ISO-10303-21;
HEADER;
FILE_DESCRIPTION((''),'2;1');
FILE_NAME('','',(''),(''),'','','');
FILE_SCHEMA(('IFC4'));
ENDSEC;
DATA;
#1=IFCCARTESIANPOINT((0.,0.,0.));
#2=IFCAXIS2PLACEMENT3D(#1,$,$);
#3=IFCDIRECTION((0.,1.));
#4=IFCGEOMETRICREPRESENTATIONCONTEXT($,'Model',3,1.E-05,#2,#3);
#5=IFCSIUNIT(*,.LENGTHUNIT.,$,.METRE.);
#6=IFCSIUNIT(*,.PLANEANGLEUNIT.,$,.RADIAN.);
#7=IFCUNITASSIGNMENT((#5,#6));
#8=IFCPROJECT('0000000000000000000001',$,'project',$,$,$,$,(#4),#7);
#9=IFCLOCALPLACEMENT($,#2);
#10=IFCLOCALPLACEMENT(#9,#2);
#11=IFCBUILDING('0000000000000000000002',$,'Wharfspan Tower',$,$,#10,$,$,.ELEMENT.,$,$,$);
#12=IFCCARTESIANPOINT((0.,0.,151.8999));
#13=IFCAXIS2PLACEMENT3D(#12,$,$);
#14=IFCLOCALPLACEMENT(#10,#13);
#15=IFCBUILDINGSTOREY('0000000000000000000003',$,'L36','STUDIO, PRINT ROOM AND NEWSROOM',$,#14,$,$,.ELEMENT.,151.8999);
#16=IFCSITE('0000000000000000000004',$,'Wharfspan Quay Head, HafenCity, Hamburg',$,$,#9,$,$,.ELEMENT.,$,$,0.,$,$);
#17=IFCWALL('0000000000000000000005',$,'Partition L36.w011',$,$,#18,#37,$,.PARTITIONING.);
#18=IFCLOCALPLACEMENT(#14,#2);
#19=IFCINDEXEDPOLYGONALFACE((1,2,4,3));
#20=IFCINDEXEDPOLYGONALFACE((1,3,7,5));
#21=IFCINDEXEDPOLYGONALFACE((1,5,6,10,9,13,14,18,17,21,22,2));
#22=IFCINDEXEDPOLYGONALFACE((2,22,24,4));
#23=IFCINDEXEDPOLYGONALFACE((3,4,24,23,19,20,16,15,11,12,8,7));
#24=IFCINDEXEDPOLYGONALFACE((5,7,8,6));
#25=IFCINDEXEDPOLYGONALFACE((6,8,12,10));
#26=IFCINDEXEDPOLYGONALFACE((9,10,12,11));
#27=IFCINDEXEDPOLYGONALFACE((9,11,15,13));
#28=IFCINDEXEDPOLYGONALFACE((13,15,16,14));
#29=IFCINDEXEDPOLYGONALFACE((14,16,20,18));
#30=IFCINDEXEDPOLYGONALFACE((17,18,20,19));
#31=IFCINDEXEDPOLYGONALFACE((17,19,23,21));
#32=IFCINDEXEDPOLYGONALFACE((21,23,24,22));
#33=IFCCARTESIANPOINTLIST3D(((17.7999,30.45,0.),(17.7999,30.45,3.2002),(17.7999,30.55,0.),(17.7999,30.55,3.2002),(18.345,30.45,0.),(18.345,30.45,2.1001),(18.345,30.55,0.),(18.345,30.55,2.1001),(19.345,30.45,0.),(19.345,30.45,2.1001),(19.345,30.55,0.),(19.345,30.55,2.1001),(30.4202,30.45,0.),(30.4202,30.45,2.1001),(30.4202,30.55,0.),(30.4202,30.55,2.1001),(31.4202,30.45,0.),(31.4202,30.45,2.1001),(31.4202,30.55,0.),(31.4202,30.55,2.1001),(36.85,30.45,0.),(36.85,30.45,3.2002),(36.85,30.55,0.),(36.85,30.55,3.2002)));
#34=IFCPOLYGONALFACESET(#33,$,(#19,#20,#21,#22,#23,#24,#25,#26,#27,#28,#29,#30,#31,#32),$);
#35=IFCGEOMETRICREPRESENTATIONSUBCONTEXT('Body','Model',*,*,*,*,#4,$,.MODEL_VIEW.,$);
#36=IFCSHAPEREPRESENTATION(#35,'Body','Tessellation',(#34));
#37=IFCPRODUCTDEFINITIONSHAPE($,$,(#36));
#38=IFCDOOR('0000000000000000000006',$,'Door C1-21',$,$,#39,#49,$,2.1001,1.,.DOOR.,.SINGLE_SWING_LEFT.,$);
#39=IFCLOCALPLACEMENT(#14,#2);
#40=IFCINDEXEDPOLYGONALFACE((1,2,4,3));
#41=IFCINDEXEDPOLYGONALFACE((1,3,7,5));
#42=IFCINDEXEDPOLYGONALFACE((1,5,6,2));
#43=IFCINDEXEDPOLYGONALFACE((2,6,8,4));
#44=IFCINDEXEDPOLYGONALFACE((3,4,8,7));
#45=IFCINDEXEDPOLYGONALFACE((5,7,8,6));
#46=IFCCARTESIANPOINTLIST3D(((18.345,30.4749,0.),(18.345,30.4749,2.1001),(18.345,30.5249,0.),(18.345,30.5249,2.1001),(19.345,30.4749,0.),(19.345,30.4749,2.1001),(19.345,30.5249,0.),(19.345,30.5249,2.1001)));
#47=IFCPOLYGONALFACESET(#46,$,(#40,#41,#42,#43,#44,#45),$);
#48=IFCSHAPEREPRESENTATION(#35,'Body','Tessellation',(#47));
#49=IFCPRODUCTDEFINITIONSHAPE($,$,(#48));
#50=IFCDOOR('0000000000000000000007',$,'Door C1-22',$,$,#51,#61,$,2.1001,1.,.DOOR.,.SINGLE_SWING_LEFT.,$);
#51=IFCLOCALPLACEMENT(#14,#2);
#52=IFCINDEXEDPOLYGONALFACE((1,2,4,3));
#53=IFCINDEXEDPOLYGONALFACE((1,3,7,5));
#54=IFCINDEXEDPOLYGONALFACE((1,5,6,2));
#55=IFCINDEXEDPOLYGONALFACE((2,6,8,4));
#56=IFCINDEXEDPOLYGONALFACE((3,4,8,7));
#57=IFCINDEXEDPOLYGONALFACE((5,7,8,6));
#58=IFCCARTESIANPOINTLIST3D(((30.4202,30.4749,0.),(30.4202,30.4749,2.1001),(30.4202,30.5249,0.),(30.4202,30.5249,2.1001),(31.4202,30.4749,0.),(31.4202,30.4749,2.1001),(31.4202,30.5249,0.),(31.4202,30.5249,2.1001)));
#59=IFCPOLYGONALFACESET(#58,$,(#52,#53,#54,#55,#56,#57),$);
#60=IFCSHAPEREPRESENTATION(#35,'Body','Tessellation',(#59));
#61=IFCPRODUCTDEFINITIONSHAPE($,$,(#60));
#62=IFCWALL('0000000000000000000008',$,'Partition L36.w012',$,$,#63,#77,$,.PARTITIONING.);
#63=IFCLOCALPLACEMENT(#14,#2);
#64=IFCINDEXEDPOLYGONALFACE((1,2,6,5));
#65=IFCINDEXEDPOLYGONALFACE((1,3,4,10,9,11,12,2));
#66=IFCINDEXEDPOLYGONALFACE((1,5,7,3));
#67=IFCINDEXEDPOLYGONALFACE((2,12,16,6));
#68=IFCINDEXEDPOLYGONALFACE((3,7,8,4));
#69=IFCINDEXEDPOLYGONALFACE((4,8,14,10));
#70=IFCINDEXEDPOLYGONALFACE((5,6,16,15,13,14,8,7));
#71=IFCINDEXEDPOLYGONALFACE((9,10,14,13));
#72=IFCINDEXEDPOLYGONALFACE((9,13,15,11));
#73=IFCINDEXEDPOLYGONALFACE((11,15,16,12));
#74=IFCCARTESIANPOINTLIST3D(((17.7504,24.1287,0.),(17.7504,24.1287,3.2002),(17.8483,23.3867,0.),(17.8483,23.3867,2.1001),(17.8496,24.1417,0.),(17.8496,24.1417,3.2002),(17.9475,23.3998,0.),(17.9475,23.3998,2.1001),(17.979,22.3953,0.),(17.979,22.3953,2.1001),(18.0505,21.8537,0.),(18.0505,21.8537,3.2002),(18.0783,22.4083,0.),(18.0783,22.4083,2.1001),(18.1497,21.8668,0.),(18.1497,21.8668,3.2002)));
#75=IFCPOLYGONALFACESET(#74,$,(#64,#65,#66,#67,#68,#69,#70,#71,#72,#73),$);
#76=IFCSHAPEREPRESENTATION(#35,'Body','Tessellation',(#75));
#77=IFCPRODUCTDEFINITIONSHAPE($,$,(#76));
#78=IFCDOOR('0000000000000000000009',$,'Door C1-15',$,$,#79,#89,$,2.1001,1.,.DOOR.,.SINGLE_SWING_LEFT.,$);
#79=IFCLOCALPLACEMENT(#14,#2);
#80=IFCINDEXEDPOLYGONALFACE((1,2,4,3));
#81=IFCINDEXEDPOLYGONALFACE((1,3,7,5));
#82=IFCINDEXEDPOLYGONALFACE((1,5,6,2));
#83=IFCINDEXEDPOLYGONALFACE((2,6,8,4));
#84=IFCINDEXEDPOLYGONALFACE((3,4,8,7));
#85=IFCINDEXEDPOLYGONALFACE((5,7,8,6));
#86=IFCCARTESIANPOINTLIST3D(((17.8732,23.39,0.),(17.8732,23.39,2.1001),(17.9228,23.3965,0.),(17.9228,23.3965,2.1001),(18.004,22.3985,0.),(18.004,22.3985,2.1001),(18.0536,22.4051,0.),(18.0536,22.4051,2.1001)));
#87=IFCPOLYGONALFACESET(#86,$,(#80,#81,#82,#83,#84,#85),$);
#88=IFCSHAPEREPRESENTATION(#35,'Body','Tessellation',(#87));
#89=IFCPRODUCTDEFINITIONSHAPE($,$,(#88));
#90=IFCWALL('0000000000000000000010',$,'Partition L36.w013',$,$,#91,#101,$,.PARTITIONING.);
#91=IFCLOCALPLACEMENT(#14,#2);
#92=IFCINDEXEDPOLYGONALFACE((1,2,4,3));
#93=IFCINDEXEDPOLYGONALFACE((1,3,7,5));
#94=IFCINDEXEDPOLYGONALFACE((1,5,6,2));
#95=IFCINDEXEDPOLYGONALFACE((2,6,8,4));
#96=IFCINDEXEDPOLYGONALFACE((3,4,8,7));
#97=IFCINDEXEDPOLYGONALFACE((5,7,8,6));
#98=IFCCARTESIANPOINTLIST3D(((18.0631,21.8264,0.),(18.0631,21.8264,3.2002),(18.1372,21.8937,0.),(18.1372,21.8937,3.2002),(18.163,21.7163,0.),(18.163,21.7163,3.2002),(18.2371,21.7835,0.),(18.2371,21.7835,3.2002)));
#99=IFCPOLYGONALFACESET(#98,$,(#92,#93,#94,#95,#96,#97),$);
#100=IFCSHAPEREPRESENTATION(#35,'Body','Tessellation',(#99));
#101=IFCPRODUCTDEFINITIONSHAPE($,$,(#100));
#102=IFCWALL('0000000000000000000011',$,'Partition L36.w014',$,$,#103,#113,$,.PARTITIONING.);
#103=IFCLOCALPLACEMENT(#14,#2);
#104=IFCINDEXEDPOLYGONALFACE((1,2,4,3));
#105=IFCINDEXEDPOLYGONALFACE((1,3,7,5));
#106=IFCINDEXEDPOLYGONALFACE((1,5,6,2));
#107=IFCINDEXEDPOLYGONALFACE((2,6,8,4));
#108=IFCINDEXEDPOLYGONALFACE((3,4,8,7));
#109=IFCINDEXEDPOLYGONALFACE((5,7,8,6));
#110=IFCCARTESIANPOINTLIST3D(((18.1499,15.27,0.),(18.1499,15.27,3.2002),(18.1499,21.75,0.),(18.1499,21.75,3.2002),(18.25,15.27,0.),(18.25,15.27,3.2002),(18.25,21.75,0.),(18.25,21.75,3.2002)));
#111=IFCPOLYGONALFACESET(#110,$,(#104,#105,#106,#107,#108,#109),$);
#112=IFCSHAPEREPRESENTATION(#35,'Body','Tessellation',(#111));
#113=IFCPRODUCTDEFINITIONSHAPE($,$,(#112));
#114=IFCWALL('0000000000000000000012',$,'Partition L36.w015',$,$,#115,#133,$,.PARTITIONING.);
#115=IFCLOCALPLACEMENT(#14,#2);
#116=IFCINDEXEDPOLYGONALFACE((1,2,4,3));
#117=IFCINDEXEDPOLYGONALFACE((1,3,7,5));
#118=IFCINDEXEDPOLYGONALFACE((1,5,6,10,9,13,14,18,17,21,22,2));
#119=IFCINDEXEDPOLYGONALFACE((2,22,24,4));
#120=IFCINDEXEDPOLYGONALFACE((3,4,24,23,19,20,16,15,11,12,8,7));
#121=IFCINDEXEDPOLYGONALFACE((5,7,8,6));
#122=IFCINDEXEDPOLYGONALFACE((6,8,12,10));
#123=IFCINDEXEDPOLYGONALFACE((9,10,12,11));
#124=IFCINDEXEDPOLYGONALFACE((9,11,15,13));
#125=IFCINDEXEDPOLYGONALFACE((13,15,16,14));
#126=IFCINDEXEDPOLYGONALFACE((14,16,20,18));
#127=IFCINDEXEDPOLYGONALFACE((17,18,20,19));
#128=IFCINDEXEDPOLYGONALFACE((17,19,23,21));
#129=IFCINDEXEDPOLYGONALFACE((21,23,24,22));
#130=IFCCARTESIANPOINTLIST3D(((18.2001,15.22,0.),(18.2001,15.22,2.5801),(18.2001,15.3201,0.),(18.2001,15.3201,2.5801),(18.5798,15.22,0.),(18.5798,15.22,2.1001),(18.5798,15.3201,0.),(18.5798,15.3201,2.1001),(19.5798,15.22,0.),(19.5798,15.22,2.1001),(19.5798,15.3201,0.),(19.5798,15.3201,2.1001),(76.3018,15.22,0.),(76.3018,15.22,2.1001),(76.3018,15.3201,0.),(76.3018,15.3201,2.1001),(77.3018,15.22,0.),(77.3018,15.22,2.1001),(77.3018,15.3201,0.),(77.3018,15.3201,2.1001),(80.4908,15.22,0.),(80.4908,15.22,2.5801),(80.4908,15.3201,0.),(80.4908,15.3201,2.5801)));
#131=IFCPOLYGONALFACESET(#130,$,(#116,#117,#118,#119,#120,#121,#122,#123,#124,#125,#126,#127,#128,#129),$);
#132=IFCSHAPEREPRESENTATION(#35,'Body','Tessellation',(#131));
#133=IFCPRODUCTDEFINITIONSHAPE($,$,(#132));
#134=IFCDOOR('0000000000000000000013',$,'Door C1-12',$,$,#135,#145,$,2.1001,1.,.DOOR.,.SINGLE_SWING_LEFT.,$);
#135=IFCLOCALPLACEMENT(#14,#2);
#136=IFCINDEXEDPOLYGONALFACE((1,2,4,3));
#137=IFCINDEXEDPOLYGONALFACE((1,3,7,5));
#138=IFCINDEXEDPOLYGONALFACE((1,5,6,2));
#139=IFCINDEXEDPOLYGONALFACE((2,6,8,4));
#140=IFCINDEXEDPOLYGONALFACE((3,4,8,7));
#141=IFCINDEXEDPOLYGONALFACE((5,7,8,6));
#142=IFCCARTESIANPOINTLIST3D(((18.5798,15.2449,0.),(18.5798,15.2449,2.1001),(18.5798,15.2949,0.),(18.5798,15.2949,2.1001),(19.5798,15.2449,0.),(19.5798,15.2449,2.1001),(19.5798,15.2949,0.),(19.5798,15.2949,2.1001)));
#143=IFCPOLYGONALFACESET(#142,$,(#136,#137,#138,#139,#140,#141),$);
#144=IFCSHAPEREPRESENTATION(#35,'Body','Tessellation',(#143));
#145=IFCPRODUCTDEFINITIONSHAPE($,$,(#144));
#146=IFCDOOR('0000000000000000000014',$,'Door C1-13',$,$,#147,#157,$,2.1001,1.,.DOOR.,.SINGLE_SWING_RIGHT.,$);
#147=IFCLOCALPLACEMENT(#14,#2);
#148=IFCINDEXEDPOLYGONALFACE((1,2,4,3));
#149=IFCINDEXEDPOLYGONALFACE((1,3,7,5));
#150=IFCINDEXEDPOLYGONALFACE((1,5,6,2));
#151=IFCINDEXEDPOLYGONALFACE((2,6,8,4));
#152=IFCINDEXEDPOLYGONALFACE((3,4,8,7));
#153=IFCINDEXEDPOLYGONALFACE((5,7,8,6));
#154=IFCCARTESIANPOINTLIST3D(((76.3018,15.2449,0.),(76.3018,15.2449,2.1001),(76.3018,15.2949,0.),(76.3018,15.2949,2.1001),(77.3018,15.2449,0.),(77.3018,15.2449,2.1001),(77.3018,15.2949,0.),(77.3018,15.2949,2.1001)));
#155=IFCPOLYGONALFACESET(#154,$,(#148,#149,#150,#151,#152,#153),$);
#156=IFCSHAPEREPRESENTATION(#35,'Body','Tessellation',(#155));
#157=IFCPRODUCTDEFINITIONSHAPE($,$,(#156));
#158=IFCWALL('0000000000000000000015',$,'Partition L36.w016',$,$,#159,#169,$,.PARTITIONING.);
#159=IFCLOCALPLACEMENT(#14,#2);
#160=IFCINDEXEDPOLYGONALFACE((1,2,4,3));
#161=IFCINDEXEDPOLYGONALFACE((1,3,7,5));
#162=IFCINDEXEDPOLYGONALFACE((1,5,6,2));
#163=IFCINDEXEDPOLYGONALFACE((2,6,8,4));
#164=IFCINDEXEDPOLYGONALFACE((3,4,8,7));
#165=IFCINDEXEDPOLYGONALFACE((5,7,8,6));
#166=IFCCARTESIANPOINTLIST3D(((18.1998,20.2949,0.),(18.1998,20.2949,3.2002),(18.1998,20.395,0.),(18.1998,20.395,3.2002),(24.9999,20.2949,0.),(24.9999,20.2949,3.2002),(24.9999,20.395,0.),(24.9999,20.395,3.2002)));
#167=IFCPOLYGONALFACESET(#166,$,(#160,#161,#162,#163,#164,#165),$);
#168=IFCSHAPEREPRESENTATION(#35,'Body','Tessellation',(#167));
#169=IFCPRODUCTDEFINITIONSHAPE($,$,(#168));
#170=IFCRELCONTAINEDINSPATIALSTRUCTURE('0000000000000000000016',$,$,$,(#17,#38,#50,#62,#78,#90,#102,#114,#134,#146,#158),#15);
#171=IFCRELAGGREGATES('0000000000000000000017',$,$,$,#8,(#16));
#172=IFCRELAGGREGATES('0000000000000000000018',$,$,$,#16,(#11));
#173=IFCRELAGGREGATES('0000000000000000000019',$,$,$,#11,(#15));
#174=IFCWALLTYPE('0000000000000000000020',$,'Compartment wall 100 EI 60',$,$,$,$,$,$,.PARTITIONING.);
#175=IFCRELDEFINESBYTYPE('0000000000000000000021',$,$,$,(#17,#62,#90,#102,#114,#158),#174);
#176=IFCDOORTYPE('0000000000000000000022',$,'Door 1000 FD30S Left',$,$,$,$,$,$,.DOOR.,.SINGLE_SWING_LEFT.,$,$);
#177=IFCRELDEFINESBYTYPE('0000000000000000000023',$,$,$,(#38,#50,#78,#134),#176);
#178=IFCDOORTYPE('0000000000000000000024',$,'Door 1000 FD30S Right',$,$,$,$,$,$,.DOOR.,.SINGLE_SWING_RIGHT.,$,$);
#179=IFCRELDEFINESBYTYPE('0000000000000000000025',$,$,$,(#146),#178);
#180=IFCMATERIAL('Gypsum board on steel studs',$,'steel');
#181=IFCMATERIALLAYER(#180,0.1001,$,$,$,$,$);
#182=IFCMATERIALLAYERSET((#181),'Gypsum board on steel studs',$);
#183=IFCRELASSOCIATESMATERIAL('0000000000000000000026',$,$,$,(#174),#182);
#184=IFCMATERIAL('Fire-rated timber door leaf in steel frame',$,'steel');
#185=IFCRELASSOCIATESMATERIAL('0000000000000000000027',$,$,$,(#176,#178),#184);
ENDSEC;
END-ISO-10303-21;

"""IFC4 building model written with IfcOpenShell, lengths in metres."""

from ifc_helpers import new_model, si_unit, direction, frame, frame_2d, origin, place, context, subcontext, project, spatial, rectangle, extrude, material, layer, layer_set, type_object, element, fill, save


model = new_model("IFC4")

# Units and contexts
model_context = context("Model", 3, precision=1e-05, world=origin(), true_north=direction((0.0, 1.0)))
body_context = subcontext(model_context, "Body", "Model", "MODEL_VIEW")
ifc_project = project(units=[si_unit("LENGTHUNIT", "METRE"), si_unit("PLANEANGLEUNIT", "RADIAN")], contexts=[model_context])

# Site, building, storey
site_placement = place(None, origin())
site = spatial("IfcSite", under=ifc_project, at=site_placement, Name="Wharfspan Quay Head, HafenCity, Hamburg", CompositionType="ELEMENT", RefElevation=0.0)
building_placement = place(site_placement, origin())
building = spatial("IfcBuilding", under=site, at=building_placement, Name="Wharfspan Tower", CompositionType="ELEMENT")
storey_placement = place(building_placement, frame((0.0, 0.0, 151.8999)))
storey = spatial("IfcBuildingStorey", under=building, at=storey_placement, Name="L36", Description="STUDIO, PRINT ROOM AND NEWSROOM", CompositionType="ELEMENT", Elevation=151.8999)

# Shared definitions
ifc_material_1 = material(Name="Gypsum board on steel studs", Category="steel")
ifc_layer_1 = layer(ifc_material_1, 0.1001)
ifc_layer_set_1 = layer_set([ifc_layer_1], Name="Gypsum board on steel studs")
wall_type_1 = type_object("IfcWallType", Name="Compartment wall 100 EI 60", PredefinedType="PARTITIONING", material=ifc_layer_set_1)
ifc_material_2 = material(Name="Fire-rated timber door leaf in steel frame", Category="steel")

# Wall, openings, doors
wall_1_placement = place(storey_placement, frame((17.8, 30.5, 0.0), z_axis=(0.0, 0.0, 1.0), x_axis=(1.0, 0.0, 0.0)))
wall_1 = element("IfcWall", 1, at=wall_1_placement, inside=storey, type_object=wall_type_1, Name="Partition L36.w011", PredefinedType="PARTITIONING", context=body_context, shape_type="SweptSolid", body=[
    extrude(rectangle(XDim=19.05, YDim=0.1001, at=frame_2d((9.5249, 0.0))), origin(), (0.0, 0.0, 1.0), 3.2002),
])
opening_1_placement = place(wall_1_placement, frame((0.5449, 0.0, 0.0)))
opening_1 = element("IfcOpeningElement", 2, at=opening_1_placement, cuts=wall_1, PredefinedType="OPENING", context=body_context, shape_type="SweptSolid", body=[
    extrude(rectangle(XDim=1.0, YDim=2.1001, at=frame_2d((0.5, 1.05))), frame((0.0, 0.0601, 0.0), z_axis=(0.0, -1.0, 0.0), x_axis=(1.0, 0.0, 0.0)), (0.0, 0.0, 1.0), 0.1201),
])
opening_2_placement = place(wall_1_placement, frame((12.6201, 0.0, 0.0)))
opening_2 = element("IfcOpeningElement", 3, at=opening_2_placement, cuts=wall_1, PredefinedType="OPENING", context=body_context, shape_type="SweptSolid", body=[
    extrude(rectangle(XDim=1.0, YDim=2.1001, at=frame_2d((0.5, 1.05))), frame((0.0, 0.0601, 0.0), z_axis=(0.0, -1.0, 0.0), x_axis=(1.0, 0.0, 0.0)), (0.0, 0.0, 1.0), 0.1201),
])
door_type_1 = type_object("IfcDoorType", Name="Door 1000 FD30S Left", OperationType="SINGLE_SWING_LEFT", PredefinedType="DOOR", material=ifc_material_2)
door_1_placement = place(opening_1_placement, origin())
door_1 = element("IfcDoor", 4, at=door_1_placement, inside=storey, type_object=door_type_1, Name="Door C1-21", OperationType="SINGLE_SWING_LEFT", OverallHeight=2.1001, OverallWidth=1.0, PredefinedType="DOOR", context=body_context, shape_type="SweptSolid", body=[
    extrude(rectangle(XDim=1.0, YDim=2.1001, at=frame_2d((0.5, 1.05))), frame((0.0, 0.0249, 0.0), z_axis=(0.0, -1.0, 0.0), x_axis=(1.0, 0.0, 0.0)), (0.0, 0.0, 1.0), 0.05),
])
fill(opening_1, door_1)
door_2_placement = place(opening_2_placement, origin())
door_2 = element("IfcDoor", 5, at=door_2_placement, inside=storey, type_object=door_type_1, Name="Door C1-22", OperationType="SINGLE_SWING_LEFT", OverallHeight=2.1001, OverallWidth=1.0, PredefinedType="DOOR", context=body_context, shape_type="SweptSolid", body=[
    extrude(rectangle(XDim=1.0, YDim=2.1001, at=frame_2d((0.5, 1.05))), frame((0.0, 0.0249, 0.0), z_axis=(0.0, -1.0, 0.0), x_axis=(1.0, 0.0, 0.0)), (0.0, 0.0, 1.0), 0.05),
])
fill(opening_2, door_2)

# Wall, opening, door
wall_2_placement = place(storey_placement, frame((18.1001, 21.8601, 0.0), z_axis=(0.0, 0.0, 1.0), x_axis=(-0.130763, 0.991415, 0.0)))
wall_2 = element("IfcWall", 6, at=wall_2_placement, inside=storey, type_object=wall_type_1, Name="Partition L36.w012", PredefinedType="PARTITIONING", context=body_context, shape_type="SweptSolid", body=[
    extrude(rectangle(XDim=2.2947, YDim=0.1001, at=frame_2d((1.1475, 0.0))), origin(), (0.0, 0.0, 1.0), 3.2002),
])
opening_3_placement = place(wall_2_placement, frame((0.5464, 0.0, 0.0)))
opening_3 = element("IfcOpeningElement", 7, at=opening_3_placement, cuts=wall_2, PredefinedType="OPENING", context=body_context, shape_type="SweptSolid", body=[
    extrude(rectangle(XDim=1.0, YDim=2.1001, at=frame_2d((0.5, 1.05))), frame((0.0, 0.0601, 0.0), z_axis=(0.0, -1.0, 0.0), x_axis=(1.0, 0.0, 0.0)), (0.0, 0.0, 1.0), 0.1201),
])
door_3_placement = place(opening_3_placement, origin())
door_3 = element("IfcDoor", 8, at=door_3_placement, inside=storey, type_object=door_type_1, Name="Door C1-15", OperationType="SINGLE_SWING_LEFT", OverallHeight=2.1001, OverallWidth=1.0, PredefinedType="DOOR", context=body_context, shape_type="SweptSolid", body=[
    extrude(rectangle(XDim=1.0, YDim=2.1001, at=frame_2d((0.5, 1.05))), frame((0.0, 0.0249, 0.0), z_axis=(0.0, -1.0, 0.0), x_axis=(1.0, 0.0, 0.0)), (0.0, 0.0, 1.0), 0.05),
])
fill(opening_3, door_3)

# Walls
wall_3_placement = place(storey_placement, frame((18.2, 21.75, 0.0), z_axis=(0.0, 0.0, 1.0), x_axis=(-0.671773, 0.740757, 0.0)))
element("IfcWall", 9, at=wall_3_placement, inside=storey, type_object=wall_type_1, Name="Partition L36.w013", PredefinedType="PARTITIONING", context=body_context, shape_type="SweptSolid", body=[
    extrude(rectangle(XDim=0.1487, YDim=0.1001, at=frame_2d((0.0742, 0.0))), origin(), (0.0, 0.0, 1.0), 3.2002),
])
wall_4_placement = place(storey_placement, frame((18.2, 15.27, 0.0), z_axis=(0.0, 0.0, 1.0), x_axis=(0.0, 1.0, 0.0)))
element("IfcWall", 10, at=wall_4_placement, inside=storey, type_object=wall_type_1, Name="Partition L36.w014", PredefinedType="PARTITIONING", context=body_context, shape_type="SweptSolid", body=[
    extrude(rectangle(XDim=6.48, YDim=0.1001, at=frame_2d((3.24, 0.0))), origin(), (0.0, 0.0, 1.0), 3.2002),
])

# Wall, openings, doors
wall_5_placement = place(storey_placement, frame((18.2, 15.27, 0.0), z_axis=(0.0, 0.0, 1.0), x_axis=(1.0, 0.0, 0.0)))
wall_5 = element("IfcWall", 11, at=wall_5_placement, inside=storey, type_object=wall_type_1, Name="Partition L36.w015", PredefinedType="PARTITIONING", context=body_context, shape_type="SweptSolid", body=[
    extrude(rectangle(XDim=62.2908, YDim=0.1001, at=frame_2d((31.1455, 0.0))), origin(), (0.0, 0.0, 1.0), 2.5801),
])
opening_4_placement = place(wall_5_placement, frame((0.3799, 0.0, 0.0)))
opening_4 = element("IfcOpeningElement", 12, at=opening_4_placement, cuts=wall_5, PredefinedType="OPENING", context=body_context, shape_type="SweptSolid", body=[
    extrude(rectangle(XDim=1.0, YDim=2.1001, at=frame_2d((0.5, 1.05))), frame((0.0, 0.0601, 0.0), z_axis=(0.0, -1.0, 0.0), x_axis=(1.0, 0.0, 0.0)), (0.0, 0.0, 1.0), 0.1201),
])
opening_5_placement = place(wall_5_placement, frame((58.1018, 0.0, 0.0)))
opening_5 = element("IfcOpeningElement", 13, at=opening_5_placement, cuts=wall_5, PredefinedType="OPENING", context=body_context, shape_type="SweptSolid", body=[
    extrude(rectangle(XDim=1.0, YDim=2.1001, at=frame_2d((0.5, 1.05))), frame((0.0, 0.0601, 0.0), z_axis=(0.0, -1.0, 0.0), x_axis=(1.0, 0.0, 0.0)), (0.0, 0.0, 1.0), 0.1201),
])
door_4_placement = place(opening_4_placement, origin())
door_4 = element("IfcDoor", 14, at=door_4_placement, inside=storey, type_object=door_type_1, Name="Door C1-12", OperationType="SINGLE_SWING_LEFT", OverallHeight=2.1001, OverallWidth=1.0, PredefinedType="DOOR", context=body_context, shape_type="SweptSolid", body=[
    extrude(rectangle(XDim=1.0, YDim=2.1001, at=frame_2d((0.5, 1.05))), frame((0.0, 0.0249, 0.0), z_axis=(0.0, -1.0, 0.0), x_axis=(1.0, 0.0, 0.0)), (0.0, 0.0, 1.0), 0.05),
])
fill(opening_4, door_4)
door_type_2 = type_object("IfcDoorType", Name="Door 1000 FD30S Right", OperationType="SINGLE_SWING_RIGHT", PredefinedType="DOOR", material=ifc_material_2)
door_5_placement = place(opening_5_placement, origin())
door_5 = element("IfcDoor", 15, at=door_5_placement, inside=storey, type_object=door_type_2, Name="Door C1-13", OperationType="SINGLE_SWING_RIGHT", OverallHeight=2.1001, OverallWidth=1.0, PredefinedType="DOOR", context=body_context, shape_type="SweptSolid", body=[
    extrude(rectangle(XDim=1.0, YDim=2.1001, at=frame_2d((0.5, 1.05))), frame((0.0, 0.0249, 0.0), z_axis=(0.0, -1.0, 0.0), x_axis=(1.0, 0.0, 0.0)), (0.0, 0.0, 1.0), 0.05),
])
fill(opening_5, door_5)

# Wall
wall_6_placement = place(storey_placement, frame((18.2, 20.345, 0.0), z_axis=(0.0, 0.0, 1.0), x_axis=(1.0, 0.0, 0.0)))
element("IfcWall", 16, at=wall_6_placement, inside=storey, type_object=wall_type_1, Name="Partition L36.w016", PredefinedType="PARTITIONING", context=body_context, shape_type="SweptSolid", body=[
    extrude(rectangle(XDim=6.8, YDim=0.1001, at=frame_2d((3.3999, 0.0))), origin(), (0.0, 0.0, 1.0), 3.2002),
])

save(model, "model.ifc")
